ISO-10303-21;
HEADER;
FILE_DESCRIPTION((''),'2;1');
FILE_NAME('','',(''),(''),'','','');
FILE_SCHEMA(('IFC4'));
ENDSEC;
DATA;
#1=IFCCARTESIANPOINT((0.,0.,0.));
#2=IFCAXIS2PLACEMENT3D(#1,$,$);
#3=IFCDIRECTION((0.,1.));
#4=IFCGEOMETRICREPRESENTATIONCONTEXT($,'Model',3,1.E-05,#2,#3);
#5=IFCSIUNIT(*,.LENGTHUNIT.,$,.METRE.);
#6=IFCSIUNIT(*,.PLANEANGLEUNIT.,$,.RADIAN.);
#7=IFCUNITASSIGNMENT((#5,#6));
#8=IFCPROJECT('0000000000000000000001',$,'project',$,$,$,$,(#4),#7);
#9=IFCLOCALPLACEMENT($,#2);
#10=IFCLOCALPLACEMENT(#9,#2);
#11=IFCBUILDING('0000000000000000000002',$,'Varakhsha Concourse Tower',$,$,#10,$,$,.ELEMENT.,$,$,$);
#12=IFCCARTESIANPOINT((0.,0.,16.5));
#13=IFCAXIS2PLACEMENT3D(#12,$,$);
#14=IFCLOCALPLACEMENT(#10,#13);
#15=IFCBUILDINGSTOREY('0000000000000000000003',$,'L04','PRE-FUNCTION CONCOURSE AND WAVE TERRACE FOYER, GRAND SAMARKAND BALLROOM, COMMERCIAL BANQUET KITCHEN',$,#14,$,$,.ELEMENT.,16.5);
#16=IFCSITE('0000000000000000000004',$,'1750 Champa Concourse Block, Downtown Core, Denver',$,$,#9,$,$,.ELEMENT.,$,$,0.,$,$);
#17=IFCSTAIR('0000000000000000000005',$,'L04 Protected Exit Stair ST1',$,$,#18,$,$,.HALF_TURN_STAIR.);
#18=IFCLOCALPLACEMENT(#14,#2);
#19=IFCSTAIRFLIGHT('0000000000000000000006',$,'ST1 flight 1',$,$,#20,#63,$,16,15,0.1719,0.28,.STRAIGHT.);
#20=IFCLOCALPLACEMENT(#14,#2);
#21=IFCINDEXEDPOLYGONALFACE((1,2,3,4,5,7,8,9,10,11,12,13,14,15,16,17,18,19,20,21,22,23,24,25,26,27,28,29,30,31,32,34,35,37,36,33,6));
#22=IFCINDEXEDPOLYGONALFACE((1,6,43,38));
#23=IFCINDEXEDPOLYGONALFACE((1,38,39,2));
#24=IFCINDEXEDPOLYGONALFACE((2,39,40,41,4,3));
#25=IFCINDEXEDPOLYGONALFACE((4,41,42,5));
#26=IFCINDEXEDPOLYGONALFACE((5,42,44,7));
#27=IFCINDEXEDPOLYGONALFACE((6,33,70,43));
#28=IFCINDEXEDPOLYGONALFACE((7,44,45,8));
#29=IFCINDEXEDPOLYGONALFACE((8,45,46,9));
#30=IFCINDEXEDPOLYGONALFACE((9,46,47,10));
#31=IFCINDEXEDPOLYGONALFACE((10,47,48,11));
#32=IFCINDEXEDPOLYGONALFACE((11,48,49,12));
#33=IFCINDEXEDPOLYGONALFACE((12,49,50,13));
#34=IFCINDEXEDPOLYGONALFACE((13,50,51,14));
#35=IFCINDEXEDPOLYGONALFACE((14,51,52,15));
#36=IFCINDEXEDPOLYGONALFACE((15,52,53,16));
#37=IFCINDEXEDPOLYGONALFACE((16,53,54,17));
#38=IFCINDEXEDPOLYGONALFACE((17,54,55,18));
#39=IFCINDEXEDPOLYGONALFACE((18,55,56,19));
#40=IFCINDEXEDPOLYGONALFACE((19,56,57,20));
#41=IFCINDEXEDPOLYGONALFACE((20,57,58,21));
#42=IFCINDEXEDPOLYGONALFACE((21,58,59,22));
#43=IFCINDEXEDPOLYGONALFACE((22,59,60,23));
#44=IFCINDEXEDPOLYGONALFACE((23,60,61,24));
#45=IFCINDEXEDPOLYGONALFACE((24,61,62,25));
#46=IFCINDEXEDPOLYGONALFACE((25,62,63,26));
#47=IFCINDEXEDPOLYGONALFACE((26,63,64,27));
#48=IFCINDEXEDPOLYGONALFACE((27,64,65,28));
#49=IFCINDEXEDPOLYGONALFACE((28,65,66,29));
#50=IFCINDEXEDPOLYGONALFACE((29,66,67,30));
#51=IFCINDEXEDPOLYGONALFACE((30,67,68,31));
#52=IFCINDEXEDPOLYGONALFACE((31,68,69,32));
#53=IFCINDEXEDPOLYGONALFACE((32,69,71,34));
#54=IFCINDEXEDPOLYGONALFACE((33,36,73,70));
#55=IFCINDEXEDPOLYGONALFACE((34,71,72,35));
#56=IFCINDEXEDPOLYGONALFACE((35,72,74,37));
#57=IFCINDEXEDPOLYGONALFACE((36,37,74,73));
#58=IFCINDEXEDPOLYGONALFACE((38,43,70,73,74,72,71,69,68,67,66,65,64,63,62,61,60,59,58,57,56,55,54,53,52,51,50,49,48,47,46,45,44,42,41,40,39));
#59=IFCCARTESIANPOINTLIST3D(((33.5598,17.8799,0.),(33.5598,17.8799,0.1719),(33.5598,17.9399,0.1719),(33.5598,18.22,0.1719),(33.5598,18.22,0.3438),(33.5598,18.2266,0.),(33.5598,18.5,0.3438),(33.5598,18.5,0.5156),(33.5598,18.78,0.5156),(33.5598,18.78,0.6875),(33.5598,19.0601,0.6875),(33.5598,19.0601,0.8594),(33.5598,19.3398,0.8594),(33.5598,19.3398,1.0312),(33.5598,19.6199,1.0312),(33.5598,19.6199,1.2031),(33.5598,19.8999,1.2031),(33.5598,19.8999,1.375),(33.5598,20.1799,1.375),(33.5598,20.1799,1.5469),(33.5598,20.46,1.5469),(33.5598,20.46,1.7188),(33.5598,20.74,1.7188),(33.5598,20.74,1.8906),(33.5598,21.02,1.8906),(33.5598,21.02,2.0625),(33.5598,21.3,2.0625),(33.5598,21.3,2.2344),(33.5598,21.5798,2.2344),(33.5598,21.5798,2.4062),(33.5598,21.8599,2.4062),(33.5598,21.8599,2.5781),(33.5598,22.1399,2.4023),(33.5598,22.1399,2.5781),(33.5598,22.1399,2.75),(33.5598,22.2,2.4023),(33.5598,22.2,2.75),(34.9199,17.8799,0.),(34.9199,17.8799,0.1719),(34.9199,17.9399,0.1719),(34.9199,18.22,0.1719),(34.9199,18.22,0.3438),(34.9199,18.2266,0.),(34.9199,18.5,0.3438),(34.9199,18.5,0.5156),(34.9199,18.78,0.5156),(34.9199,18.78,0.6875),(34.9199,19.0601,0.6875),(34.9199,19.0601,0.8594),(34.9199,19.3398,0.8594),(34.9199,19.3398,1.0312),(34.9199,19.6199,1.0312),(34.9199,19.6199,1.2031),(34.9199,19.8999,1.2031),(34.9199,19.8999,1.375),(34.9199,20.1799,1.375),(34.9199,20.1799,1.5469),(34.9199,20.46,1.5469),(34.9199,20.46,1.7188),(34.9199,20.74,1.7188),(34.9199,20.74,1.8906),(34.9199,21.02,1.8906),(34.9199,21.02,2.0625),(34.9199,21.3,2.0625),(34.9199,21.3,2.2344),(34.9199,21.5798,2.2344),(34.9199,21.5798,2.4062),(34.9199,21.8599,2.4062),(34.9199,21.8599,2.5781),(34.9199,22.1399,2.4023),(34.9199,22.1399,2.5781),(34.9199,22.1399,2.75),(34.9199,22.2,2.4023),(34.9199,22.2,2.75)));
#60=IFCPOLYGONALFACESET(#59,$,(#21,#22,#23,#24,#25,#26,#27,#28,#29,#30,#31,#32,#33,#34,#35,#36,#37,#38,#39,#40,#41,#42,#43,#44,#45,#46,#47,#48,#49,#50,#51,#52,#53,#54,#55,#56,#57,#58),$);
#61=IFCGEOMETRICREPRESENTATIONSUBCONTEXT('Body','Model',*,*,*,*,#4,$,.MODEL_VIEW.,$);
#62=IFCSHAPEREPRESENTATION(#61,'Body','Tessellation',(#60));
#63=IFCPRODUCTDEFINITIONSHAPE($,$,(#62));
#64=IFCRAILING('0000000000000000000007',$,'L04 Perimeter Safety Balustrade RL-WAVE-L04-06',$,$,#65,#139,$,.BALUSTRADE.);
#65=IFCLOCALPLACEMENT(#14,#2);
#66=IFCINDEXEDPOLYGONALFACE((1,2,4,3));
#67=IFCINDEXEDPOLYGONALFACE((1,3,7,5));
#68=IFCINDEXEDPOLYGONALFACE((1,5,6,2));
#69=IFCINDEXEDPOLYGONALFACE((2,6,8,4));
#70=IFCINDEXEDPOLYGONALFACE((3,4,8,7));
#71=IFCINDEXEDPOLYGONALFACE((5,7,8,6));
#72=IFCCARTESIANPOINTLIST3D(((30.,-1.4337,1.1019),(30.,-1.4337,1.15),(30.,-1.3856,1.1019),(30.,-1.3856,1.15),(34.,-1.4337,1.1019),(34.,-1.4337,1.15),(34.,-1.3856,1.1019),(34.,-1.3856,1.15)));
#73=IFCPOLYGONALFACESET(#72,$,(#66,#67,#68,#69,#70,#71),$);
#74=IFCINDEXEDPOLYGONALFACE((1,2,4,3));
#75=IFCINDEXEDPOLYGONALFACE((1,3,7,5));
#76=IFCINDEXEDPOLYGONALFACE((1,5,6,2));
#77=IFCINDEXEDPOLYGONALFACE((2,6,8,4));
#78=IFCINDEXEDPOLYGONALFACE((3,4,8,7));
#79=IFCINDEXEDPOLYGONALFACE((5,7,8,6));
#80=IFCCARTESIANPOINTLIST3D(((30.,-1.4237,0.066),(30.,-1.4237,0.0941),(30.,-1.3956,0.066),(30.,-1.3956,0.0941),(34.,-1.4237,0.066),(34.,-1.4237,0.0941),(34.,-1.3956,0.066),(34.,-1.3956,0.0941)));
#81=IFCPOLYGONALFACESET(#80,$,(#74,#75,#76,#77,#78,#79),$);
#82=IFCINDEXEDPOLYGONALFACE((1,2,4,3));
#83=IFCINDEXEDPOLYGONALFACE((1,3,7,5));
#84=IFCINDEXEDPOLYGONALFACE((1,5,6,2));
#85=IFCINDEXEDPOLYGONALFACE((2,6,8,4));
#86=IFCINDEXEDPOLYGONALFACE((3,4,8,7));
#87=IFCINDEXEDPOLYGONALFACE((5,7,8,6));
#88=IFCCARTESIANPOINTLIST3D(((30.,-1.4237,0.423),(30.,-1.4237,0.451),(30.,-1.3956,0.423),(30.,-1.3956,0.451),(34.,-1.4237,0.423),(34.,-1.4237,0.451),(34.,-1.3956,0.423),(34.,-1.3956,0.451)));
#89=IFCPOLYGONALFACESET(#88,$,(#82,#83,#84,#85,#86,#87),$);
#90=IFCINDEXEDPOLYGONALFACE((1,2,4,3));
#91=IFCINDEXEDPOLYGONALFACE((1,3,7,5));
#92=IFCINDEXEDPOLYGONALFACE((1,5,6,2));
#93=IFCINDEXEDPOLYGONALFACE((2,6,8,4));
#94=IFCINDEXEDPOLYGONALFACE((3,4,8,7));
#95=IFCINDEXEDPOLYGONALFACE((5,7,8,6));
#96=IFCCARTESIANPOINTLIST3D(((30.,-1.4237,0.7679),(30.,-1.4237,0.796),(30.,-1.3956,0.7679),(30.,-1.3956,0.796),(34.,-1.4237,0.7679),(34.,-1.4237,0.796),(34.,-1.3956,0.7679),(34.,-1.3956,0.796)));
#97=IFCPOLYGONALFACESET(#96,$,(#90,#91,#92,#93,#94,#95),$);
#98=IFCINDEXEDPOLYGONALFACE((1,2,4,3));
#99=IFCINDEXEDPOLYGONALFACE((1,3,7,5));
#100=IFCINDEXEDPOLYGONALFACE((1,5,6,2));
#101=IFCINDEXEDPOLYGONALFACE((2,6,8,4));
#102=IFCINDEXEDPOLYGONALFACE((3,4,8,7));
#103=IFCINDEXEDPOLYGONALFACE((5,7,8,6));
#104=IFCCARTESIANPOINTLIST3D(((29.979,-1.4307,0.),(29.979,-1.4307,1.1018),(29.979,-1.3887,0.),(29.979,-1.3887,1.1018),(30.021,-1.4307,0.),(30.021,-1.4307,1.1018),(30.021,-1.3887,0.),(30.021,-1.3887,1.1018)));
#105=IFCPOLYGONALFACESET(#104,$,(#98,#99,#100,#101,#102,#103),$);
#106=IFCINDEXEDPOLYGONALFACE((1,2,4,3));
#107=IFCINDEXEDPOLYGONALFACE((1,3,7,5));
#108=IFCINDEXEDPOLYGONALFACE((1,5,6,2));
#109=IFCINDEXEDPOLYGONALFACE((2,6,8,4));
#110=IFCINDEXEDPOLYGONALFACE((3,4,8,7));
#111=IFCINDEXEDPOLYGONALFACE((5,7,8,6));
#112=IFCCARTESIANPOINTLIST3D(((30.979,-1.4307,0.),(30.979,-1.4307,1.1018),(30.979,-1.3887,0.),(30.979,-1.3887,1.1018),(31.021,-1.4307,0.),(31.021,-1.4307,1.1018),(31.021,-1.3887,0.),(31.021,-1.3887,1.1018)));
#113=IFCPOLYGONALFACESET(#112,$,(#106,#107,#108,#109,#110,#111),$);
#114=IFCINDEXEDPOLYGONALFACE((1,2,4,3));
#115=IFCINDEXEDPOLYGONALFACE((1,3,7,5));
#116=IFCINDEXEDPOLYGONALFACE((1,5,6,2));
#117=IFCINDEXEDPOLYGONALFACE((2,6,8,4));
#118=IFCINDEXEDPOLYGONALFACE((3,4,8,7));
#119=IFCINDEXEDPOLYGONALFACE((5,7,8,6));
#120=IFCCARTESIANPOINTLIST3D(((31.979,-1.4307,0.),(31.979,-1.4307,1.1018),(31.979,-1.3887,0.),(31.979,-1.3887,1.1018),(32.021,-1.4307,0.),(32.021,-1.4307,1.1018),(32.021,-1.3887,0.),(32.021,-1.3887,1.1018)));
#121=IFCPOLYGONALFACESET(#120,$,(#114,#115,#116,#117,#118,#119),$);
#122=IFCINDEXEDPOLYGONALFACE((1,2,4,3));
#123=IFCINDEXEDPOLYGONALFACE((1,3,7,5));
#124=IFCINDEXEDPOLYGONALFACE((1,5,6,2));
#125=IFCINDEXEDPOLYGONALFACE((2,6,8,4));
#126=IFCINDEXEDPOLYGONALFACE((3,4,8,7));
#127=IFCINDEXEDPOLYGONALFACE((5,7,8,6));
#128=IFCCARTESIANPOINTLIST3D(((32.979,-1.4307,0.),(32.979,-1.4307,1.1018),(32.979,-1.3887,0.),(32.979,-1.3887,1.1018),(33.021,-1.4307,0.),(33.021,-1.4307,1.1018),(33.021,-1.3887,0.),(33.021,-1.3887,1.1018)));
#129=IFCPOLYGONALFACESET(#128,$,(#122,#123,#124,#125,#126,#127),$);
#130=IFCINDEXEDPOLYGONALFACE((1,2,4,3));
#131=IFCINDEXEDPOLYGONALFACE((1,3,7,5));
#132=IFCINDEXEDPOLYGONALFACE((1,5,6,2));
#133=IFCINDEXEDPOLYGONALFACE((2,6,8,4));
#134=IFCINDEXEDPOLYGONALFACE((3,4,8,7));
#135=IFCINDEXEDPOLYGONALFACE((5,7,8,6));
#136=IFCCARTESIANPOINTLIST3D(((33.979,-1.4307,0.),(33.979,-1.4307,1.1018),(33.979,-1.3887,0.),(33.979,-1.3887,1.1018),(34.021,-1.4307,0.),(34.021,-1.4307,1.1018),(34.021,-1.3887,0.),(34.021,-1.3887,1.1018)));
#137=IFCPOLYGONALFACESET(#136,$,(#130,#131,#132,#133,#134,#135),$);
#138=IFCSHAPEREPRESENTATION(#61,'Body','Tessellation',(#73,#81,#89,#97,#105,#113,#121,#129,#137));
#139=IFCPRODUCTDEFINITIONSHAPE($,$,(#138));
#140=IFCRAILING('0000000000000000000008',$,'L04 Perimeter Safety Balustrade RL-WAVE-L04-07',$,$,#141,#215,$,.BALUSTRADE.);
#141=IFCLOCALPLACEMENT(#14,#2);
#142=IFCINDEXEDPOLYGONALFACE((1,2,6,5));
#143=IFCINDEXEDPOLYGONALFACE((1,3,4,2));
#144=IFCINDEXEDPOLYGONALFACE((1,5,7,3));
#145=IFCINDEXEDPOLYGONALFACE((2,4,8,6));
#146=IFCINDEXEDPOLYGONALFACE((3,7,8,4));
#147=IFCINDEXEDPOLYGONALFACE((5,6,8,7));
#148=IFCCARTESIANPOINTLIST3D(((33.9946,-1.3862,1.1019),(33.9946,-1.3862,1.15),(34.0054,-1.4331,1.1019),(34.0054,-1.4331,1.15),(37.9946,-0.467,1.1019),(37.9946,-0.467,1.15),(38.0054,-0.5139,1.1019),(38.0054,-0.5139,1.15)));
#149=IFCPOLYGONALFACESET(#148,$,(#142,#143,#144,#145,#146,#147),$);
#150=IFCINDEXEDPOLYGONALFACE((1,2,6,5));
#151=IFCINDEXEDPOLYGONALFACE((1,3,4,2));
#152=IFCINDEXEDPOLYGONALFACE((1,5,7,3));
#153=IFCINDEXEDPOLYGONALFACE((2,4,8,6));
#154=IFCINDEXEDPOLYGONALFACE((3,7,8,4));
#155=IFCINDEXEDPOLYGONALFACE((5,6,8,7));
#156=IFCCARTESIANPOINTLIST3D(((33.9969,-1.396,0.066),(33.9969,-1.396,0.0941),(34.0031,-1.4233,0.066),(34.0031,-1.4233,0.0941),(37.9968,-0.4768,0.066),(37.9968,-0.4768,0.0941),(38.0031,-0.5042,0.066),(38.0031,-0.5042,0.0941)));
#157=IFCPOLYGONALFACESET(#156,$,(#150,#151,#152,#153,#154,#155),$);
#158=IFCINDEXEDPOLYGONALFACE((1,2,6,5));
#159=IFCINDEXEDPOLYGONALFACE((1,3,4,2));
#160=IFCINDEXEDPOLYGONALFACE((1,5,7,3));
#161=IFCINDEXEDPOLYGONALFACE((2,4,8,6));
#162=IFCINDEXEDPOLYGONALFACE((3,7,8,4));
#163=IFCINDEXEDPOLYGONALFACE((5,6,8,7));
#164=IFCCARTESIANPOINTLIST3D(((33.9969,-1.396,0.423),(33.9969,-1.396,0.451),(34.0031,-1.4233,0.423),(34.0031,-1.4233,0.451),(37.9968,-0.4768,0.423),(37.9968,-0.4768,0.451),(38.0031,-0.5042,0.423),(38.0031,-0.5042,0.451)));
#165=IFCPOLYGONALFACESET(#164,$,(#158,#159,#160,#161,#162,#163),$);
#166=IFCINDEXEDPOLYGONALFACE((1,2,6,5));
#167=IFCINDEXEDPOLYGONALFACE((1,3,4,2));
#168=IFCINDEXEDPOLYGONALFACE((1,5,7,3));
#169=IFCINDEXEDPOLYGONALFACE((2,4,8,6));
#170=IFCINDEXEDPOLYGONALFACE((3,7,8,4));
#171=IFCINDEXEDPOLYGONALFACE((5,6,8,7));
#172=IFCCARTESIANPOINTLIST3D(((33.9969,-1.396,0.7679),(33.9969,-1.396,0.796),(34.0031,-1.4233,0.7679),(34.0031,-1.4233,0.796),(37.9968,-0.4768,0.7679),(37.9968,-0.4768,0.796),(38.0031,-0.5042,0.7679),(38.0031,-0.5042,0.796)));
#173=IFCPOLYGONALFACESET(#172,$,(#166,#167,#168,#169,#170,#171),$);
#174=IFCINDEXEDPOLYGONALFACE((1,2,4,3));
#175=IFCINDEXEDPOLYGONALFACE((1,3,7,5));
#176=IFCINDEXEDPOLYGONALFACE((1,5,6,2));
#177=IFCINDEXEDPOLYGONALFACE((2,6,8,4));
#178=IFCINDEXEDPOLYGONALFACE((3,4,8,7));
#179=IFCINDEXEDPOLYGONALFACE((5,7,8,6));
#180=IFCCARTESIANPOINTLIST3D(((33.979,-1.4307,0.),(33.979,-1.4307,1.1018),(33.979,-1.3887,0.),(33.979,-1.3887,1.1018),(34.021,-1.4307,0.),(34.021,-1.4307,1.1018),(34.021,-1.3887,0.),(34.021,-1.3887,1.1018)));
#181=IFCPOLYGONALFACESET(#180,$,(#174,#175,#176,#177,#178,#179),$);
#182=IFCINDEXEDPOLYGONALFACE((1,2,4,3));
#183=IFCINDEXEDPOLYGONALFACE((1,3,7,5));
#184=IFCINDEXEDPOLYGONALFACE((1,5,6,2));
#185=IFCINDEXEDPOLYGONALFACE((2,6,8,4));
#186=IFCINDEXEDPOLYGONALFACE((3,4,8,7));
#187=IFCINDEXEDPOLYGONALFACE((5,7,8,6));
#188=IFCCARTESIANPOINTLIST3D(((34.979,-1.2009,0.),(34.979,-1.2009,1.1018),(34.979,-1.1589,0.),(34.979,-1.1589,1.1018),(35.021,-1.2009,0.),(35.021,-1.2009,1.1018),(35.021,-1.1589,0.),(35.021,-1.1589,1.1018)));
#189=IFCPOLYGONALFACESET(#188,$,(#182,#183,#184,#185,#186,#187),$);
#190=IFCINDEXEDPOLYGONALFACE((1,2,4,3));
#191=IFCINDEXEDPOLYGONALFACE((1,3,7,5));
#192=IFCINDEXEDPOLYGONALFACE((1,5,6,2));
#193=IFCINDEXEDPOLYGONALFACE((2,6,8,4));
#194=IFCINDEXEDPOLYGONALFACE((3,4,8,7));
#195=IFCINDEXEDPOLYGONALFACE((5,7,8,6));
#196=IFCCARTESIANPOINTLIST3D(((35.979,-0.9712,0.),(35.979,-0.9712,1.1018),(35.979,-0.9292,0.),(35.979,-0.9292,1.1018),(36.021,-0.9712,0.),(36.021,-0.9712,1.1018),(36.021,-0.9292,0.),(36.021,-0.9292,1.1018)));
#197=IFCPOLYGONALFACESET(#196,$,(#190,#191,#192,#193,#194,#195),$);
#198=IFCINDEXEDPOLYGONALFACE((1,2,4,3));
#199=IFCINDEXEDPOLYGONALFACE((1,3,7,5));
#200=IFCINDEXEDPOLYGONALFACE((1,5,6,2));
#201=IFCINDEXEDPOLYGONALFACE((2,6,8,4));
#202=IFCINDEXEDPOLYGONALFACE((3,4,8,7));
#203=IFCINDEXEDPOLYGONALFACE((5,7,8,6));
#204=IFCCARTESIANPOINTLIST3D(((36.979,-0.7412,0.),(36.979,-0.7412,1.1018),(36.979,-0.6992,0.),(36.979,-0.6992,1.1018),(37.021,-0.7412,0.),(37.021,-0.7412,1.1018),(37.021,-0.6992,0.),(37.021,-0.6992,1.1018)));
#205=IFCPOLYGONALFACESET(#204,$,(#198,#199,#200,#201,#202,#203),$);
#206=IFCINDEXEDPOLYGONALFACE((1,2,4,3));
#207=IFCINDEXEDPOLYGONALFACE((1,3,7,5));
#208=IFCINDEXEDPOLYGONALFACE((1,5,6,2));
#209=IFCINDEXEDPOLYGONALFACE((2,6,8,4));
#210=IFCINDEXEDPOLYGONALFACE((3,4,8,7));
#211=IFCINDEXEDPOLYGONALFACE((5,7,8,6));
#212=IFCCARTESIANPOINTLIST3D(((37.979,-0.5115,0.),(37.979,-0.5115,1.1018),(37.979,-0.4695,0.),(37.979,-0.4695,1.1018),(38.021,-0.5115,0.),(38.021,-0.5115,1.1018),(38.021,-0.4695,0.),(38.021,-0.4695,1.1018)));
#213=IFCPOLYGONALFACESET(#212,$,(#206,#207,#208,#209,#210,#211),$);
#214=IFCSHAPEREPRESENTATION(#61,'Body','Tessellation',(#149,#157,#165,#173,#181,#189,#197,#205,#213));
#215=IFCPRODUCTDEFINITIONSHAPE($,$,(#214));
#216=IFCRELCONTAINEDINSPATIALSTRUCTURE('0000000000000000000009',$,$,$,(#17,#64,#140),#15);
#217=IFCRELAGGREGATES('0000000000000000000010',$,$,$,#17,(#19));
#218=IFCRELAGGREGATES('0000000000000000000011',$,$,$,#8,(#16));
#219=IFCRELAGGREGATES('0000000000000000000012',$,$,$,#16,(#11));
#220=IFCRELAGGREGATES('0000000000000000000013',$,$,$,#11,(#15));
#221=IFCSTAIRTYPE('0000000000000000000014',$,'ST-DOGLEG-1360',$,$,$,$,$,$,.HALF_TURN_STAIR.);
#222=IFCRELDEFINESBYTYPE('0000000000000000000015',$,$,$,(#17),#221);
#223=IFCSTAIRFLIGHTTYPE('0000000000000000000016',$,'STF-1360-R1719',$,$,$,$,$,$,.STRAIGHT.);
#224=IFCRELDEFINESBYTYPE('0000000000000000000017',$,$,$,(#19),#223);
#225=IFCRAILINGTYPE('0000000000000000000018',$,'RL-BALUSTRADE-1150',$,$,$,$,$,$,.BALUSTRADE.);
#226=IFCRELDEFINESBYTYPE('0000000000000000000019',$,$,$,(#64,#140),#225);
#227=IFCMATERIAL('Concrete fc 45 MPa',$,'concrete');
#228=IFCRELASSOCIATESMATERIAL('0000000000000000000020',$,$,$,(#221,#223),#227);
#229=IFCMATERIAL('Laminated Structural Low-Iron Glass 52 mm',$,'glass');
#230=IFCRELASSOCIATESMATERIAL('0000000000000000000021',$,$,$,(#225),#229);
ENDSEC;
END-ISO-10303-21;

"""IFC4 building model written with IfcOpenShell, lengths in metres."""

from ifc_helpers import new_model, si_unit, direction, frame, origin, origin_2d, place, context, subcontext, project, spatial, polyline, rectangle, outline, extrude, material, type_object, element, aggregate, save


model = new_model("IFC4")

# Units and contexts
model_context = context("Model", 3, precision=1e-05, world=origin(), true_north=direction((0.0, 1.0)))
body_context = subcontext(model_context, "Body", "Model", "MODEL_VIEW")
ifc_project = project(units=[si_unit("LENGTHUNIT", "METRE"), si_unit("PLANEANGLEUNIT", "RADIAN")], contexts=[model_context])

# Site, building, storey
site_placement = place(None, origin())
site = spatial("IfcSite", under=ifc_project, at=site_placement, Name="1750 Champa Concourse Block, Downtown Core, Denver", CompositionType="ELEMENT", RefElevation=0.0)
building_placement = place(site_placement, origin())
building = spatial("IfcBuilding", under=site, at=building_placement, Name="Varakhsha Concourse Tower", CompositionType="ELEMENT")
storey_placement = place(building_placement, frame((0.0, 0.0, 16.5)))
storey = spatial("IfcBuildingStorey", under=building, at=storey_placement, Name="L04", Description="PRE-FUNCTION CONCOURSE AND WAVE TERRACE FOYER, GRAND SAMARKAND BALLROOM, COMMERCIAL BANQUET KITCHEN", CompositionType="ELEMENT", Elevation=16.5)

# Shared definitions
ifc_material_1 = material(Name="Concrete fc 45 MPa", Category="concrete")

# Stair, stair flight
stair_type = type_object("IfcStairType", Name="ST-DOGLEG-1360", PredefinedType="HALF_TURN_STAIR", material=ifc_material_1)
stair_placement = place(storey_placement, origin())
stair = element("IfcStair", 1, at=stair_placement, inside=storey, type_object=stair_type, Name="L04 Protected Exit Stair ST1", PredefinedType="HALF_TURN_STAIR")
stair_flight_type = type_object("IfcStairFlightType", Name="STF-1360-R1719", PredefinedType="STRAIGHT", material=ifc_material_1)
stair_flight_placement = place(storey_placement, frame((34.24, 17.9399, 0.0), z_axis=(0.0, 0.0, 1.0), x_axis=(0.0, 1.0, 0.0)))
stair_flight = element("IfcStairFlight", 2, at=stair_flight_placement, type_object=stair_flight_type, Name="ST1 flight 1", NumberOfRisers=16, NumberOfTreads=15, PredefinedType="STRAIGHT", RiserHeight=0.1719, TreadLength=0.28, context=body_context, shape_type="SweptSolid", body=[
    extrude(outline(polyline([(-0.0601, 0.0), (-0.0601, 0.1719), (0.0, 0.1719), (0.28, 0.1719), (0.28, 0.3438), (0.5601, 0.3438), (0.5601, 0.5156), (0.8401, 0.5156), (0.8401, 0.6875), (1.1201, 0.6875), (1.1201, 0.8594), (1.3999, 0.8594), (1.3999, 1.0312), (1.6799, 1.0312), (1.6799, 1.2031), (1.96, 1.2031), (1.96, 1.375), (2.24, 1.375), (2.24, 1.5469), (2.52, 1.5469), (2.52, 1.7188), (2.8, 1.7188), (2.8, 1.8906), (3.0801, 1.8906), (3.0801, 2.0625), (3.3601, 2.0625), (3.3601, 2.2344), (3.6399, 2.2344), (3.6399, 2.4062), (3.9199, 2.4062), (3.9199, 2.5781), (4.2, 2.5781), (4.2, 2.75), (4.26, 2.75), (4.26, 2.4023), (4.2, 2.4023), (0.2866, 0.0), (-0.0601, 0.0)])), frame((0.0, 0.6802, 0.0), z_axis=(0.0, -1.0, 0.0), x_axis=(1.0, 0.0, 0.0)), (0.0, 0.0, 1.0), 1.3601),
])
aggregate(stair, [stair_flight])

# Railings
ifc_material_2 = material(Name="Laminated Structural Low-Iron Glass 52 mm", Category="glass")
railing_type_1 = type_object("IfcRailingType", Name="RL-BALUSTRADE-1150", PredefinedType="BALUSTRADE", material=ifc_material_2)
railing_1_placement = place(storey_placement, frame((30.0, -1.4097, 0.0)))
element("IfcRailing", 3, at=railing_1_placement, inside=storey, type_object=railing_type_1, Name="L04 Perimeter Safety Balustrade RL-WAVE-L04-06", PredefinedType="BALUSTRADE", context=body_context, shape_type="SweptSolid", body=[
    extrude(rectangle(XDim=0.0481, YDim=0.0481, at=origin_2d()), frame((0.0, 0.0, 1.126), z_axis=(1.0, 0.0, 0.0), x_axis=(0.0, 1.0, 0.0)), (0.0, 0.0, 1.0), 4.0),
    extrude(rectangle(XDim=0.0281, YDim=0.0281, at=origin_2d()), frame((0.0, 0.0, 0.0801), z_axis=(1.0, 0.0, 0.0), x_axis=(0.0, 1.0, 0.0)), (0.0, 0.0, 1.0), 4.0),
    extrude(rectangle(XDim=0.0281, YDim=0.0281, at=origin_2d()), frame((0.0, 0.0, 0.437), z_axis=(1.0, 0.0, 0.0), x_axis=(0.0, 1.0, 0.0)), (0.0, 0.0, 1.0), 4.0),
    extrude(rectangle(XDim=0.0281, YDim=0.0281, at=origin_2d()), frame((0.0, 0.0, 0.782), z_axis=(1.0, 0.0, 0.0), x_axis=(0.0, 1.0, 0.0)), (0.0, 0.0, 1.0), 4.0),
    extrude(rectangle(XDim=0.042, YDim=0.042, at=origin_2d()), origin(), (0.0, 0.0, 1.0), 1.1018),
    extrude(rectangle(XDim=0.042, YDim=0.042, at=origin_2d()), frame((1.0, 0.0, 0.0)), (0.0, 0.0, 1.0), 1.1018),
    extrude(rectangle(XDim=0.042, YDim=0.042, at=origin_2d()), frame((2.0, 0.0, 0.0)), (0.0, 0.0, 1.0), 1.1018),
    extrude(rectangle(XDim=0.042, YDim=0.042, at=origin_2d()), frame((3.0, 0.0, 0.0)), (0.0, 0.0, 1.0), 1.1018),
    extrude(rectangle(XDim=0.042, YDim=0.042, at=origin_2d()), frame((4.0, 0.0, 0.0)), (0.0, 0.0, 1.0), 1.1018),
])
railing_2_placement = place(storey_placement, frame((34.0, -1.4097, 0.0)))
element("IfcRailing", 4, at=railing_2_placement, inside=storey, type_object=railing_type_1, Name="L04 Perimeter Safety Balustrade RL-WAVE-L04-07", PredefinedType="BALUSTRADE", context=body_context, shape_type="SweptSolid", body=[
    extrude(rectangle(XDim=0.0481, YDim=0.0481, at=origin_2d()), frame((0.0, 0.0, 1.126), z_axis=(0.974598, 0.22396, 0.0), x_axis=(-0.22396, 0.974598, 0.0)), (0.0, 0.0, 1.0), 4.1042),
    extrude(rectangle(XDim=0.0281, YDim=0.0281, at=origin_2d()), frame((0.0, 0.0, 0.0801), z_axis=(0.974598, 0.22396, 0.0), x_axis=(-0.22396, 0.974598, 0.0)), (0.0, 0.0, 1.0), 4.1042),
    extrude(rectangle(XDim=0.0281, YDim=0.0281, at=origin_2d()), frame((0.0, 0.0, 0.437), z_axis=(0.974598, 0.22396, 0.0), x_axis=(-0.22396, 0.974598, 0.0)), (0.0, 0.0, 1.0), 4.1042),
    extrude(rectangle(XDim=0.0281, YDim=0.0281, at=origin_2d()), frame((0.0, 0.0, 0.782), z_axis=(0.974598, 0.22396, 0.0), x_axis=(-0.22396, 0.974598, 0.0)), (0.0, 0.0, 1.0), 4.1042),
    extrude(rectangle(XDim=0.042, YDim=0.042, at=origin_2d()), origin(), (0.0, 0.0, 1.0), 1.1018),
    extrude(rectangle(XDim=0.042, YDim=0.042, at=origin_2d()), frame((1.0, 0.2297, 0.0)), (0.0, 0.0, 1.0), 1.1018),
    extrude(rectangle(XDim=0.042, YDim=0.042, at=origin_2d()), frame((2.0, 0.4595, 0.0)), (0.0, 0.0, 1.0), 1.1018),
    extrude(rectangle(XDim=0.042, YDim=0.042, at=origin_2d()), frame((3.0, 0.6895, 0.0)), (0.0, 0.0, 1.0), 1.1018),
    extrude(rectangle(XDim=0.042, YDim=0.042, at=origin_2d()), frame((4.0, 0.9192, 0.0)), (0.0, 0.0, 1.0), 1.1018),
])

save(model, "model.ifc")
